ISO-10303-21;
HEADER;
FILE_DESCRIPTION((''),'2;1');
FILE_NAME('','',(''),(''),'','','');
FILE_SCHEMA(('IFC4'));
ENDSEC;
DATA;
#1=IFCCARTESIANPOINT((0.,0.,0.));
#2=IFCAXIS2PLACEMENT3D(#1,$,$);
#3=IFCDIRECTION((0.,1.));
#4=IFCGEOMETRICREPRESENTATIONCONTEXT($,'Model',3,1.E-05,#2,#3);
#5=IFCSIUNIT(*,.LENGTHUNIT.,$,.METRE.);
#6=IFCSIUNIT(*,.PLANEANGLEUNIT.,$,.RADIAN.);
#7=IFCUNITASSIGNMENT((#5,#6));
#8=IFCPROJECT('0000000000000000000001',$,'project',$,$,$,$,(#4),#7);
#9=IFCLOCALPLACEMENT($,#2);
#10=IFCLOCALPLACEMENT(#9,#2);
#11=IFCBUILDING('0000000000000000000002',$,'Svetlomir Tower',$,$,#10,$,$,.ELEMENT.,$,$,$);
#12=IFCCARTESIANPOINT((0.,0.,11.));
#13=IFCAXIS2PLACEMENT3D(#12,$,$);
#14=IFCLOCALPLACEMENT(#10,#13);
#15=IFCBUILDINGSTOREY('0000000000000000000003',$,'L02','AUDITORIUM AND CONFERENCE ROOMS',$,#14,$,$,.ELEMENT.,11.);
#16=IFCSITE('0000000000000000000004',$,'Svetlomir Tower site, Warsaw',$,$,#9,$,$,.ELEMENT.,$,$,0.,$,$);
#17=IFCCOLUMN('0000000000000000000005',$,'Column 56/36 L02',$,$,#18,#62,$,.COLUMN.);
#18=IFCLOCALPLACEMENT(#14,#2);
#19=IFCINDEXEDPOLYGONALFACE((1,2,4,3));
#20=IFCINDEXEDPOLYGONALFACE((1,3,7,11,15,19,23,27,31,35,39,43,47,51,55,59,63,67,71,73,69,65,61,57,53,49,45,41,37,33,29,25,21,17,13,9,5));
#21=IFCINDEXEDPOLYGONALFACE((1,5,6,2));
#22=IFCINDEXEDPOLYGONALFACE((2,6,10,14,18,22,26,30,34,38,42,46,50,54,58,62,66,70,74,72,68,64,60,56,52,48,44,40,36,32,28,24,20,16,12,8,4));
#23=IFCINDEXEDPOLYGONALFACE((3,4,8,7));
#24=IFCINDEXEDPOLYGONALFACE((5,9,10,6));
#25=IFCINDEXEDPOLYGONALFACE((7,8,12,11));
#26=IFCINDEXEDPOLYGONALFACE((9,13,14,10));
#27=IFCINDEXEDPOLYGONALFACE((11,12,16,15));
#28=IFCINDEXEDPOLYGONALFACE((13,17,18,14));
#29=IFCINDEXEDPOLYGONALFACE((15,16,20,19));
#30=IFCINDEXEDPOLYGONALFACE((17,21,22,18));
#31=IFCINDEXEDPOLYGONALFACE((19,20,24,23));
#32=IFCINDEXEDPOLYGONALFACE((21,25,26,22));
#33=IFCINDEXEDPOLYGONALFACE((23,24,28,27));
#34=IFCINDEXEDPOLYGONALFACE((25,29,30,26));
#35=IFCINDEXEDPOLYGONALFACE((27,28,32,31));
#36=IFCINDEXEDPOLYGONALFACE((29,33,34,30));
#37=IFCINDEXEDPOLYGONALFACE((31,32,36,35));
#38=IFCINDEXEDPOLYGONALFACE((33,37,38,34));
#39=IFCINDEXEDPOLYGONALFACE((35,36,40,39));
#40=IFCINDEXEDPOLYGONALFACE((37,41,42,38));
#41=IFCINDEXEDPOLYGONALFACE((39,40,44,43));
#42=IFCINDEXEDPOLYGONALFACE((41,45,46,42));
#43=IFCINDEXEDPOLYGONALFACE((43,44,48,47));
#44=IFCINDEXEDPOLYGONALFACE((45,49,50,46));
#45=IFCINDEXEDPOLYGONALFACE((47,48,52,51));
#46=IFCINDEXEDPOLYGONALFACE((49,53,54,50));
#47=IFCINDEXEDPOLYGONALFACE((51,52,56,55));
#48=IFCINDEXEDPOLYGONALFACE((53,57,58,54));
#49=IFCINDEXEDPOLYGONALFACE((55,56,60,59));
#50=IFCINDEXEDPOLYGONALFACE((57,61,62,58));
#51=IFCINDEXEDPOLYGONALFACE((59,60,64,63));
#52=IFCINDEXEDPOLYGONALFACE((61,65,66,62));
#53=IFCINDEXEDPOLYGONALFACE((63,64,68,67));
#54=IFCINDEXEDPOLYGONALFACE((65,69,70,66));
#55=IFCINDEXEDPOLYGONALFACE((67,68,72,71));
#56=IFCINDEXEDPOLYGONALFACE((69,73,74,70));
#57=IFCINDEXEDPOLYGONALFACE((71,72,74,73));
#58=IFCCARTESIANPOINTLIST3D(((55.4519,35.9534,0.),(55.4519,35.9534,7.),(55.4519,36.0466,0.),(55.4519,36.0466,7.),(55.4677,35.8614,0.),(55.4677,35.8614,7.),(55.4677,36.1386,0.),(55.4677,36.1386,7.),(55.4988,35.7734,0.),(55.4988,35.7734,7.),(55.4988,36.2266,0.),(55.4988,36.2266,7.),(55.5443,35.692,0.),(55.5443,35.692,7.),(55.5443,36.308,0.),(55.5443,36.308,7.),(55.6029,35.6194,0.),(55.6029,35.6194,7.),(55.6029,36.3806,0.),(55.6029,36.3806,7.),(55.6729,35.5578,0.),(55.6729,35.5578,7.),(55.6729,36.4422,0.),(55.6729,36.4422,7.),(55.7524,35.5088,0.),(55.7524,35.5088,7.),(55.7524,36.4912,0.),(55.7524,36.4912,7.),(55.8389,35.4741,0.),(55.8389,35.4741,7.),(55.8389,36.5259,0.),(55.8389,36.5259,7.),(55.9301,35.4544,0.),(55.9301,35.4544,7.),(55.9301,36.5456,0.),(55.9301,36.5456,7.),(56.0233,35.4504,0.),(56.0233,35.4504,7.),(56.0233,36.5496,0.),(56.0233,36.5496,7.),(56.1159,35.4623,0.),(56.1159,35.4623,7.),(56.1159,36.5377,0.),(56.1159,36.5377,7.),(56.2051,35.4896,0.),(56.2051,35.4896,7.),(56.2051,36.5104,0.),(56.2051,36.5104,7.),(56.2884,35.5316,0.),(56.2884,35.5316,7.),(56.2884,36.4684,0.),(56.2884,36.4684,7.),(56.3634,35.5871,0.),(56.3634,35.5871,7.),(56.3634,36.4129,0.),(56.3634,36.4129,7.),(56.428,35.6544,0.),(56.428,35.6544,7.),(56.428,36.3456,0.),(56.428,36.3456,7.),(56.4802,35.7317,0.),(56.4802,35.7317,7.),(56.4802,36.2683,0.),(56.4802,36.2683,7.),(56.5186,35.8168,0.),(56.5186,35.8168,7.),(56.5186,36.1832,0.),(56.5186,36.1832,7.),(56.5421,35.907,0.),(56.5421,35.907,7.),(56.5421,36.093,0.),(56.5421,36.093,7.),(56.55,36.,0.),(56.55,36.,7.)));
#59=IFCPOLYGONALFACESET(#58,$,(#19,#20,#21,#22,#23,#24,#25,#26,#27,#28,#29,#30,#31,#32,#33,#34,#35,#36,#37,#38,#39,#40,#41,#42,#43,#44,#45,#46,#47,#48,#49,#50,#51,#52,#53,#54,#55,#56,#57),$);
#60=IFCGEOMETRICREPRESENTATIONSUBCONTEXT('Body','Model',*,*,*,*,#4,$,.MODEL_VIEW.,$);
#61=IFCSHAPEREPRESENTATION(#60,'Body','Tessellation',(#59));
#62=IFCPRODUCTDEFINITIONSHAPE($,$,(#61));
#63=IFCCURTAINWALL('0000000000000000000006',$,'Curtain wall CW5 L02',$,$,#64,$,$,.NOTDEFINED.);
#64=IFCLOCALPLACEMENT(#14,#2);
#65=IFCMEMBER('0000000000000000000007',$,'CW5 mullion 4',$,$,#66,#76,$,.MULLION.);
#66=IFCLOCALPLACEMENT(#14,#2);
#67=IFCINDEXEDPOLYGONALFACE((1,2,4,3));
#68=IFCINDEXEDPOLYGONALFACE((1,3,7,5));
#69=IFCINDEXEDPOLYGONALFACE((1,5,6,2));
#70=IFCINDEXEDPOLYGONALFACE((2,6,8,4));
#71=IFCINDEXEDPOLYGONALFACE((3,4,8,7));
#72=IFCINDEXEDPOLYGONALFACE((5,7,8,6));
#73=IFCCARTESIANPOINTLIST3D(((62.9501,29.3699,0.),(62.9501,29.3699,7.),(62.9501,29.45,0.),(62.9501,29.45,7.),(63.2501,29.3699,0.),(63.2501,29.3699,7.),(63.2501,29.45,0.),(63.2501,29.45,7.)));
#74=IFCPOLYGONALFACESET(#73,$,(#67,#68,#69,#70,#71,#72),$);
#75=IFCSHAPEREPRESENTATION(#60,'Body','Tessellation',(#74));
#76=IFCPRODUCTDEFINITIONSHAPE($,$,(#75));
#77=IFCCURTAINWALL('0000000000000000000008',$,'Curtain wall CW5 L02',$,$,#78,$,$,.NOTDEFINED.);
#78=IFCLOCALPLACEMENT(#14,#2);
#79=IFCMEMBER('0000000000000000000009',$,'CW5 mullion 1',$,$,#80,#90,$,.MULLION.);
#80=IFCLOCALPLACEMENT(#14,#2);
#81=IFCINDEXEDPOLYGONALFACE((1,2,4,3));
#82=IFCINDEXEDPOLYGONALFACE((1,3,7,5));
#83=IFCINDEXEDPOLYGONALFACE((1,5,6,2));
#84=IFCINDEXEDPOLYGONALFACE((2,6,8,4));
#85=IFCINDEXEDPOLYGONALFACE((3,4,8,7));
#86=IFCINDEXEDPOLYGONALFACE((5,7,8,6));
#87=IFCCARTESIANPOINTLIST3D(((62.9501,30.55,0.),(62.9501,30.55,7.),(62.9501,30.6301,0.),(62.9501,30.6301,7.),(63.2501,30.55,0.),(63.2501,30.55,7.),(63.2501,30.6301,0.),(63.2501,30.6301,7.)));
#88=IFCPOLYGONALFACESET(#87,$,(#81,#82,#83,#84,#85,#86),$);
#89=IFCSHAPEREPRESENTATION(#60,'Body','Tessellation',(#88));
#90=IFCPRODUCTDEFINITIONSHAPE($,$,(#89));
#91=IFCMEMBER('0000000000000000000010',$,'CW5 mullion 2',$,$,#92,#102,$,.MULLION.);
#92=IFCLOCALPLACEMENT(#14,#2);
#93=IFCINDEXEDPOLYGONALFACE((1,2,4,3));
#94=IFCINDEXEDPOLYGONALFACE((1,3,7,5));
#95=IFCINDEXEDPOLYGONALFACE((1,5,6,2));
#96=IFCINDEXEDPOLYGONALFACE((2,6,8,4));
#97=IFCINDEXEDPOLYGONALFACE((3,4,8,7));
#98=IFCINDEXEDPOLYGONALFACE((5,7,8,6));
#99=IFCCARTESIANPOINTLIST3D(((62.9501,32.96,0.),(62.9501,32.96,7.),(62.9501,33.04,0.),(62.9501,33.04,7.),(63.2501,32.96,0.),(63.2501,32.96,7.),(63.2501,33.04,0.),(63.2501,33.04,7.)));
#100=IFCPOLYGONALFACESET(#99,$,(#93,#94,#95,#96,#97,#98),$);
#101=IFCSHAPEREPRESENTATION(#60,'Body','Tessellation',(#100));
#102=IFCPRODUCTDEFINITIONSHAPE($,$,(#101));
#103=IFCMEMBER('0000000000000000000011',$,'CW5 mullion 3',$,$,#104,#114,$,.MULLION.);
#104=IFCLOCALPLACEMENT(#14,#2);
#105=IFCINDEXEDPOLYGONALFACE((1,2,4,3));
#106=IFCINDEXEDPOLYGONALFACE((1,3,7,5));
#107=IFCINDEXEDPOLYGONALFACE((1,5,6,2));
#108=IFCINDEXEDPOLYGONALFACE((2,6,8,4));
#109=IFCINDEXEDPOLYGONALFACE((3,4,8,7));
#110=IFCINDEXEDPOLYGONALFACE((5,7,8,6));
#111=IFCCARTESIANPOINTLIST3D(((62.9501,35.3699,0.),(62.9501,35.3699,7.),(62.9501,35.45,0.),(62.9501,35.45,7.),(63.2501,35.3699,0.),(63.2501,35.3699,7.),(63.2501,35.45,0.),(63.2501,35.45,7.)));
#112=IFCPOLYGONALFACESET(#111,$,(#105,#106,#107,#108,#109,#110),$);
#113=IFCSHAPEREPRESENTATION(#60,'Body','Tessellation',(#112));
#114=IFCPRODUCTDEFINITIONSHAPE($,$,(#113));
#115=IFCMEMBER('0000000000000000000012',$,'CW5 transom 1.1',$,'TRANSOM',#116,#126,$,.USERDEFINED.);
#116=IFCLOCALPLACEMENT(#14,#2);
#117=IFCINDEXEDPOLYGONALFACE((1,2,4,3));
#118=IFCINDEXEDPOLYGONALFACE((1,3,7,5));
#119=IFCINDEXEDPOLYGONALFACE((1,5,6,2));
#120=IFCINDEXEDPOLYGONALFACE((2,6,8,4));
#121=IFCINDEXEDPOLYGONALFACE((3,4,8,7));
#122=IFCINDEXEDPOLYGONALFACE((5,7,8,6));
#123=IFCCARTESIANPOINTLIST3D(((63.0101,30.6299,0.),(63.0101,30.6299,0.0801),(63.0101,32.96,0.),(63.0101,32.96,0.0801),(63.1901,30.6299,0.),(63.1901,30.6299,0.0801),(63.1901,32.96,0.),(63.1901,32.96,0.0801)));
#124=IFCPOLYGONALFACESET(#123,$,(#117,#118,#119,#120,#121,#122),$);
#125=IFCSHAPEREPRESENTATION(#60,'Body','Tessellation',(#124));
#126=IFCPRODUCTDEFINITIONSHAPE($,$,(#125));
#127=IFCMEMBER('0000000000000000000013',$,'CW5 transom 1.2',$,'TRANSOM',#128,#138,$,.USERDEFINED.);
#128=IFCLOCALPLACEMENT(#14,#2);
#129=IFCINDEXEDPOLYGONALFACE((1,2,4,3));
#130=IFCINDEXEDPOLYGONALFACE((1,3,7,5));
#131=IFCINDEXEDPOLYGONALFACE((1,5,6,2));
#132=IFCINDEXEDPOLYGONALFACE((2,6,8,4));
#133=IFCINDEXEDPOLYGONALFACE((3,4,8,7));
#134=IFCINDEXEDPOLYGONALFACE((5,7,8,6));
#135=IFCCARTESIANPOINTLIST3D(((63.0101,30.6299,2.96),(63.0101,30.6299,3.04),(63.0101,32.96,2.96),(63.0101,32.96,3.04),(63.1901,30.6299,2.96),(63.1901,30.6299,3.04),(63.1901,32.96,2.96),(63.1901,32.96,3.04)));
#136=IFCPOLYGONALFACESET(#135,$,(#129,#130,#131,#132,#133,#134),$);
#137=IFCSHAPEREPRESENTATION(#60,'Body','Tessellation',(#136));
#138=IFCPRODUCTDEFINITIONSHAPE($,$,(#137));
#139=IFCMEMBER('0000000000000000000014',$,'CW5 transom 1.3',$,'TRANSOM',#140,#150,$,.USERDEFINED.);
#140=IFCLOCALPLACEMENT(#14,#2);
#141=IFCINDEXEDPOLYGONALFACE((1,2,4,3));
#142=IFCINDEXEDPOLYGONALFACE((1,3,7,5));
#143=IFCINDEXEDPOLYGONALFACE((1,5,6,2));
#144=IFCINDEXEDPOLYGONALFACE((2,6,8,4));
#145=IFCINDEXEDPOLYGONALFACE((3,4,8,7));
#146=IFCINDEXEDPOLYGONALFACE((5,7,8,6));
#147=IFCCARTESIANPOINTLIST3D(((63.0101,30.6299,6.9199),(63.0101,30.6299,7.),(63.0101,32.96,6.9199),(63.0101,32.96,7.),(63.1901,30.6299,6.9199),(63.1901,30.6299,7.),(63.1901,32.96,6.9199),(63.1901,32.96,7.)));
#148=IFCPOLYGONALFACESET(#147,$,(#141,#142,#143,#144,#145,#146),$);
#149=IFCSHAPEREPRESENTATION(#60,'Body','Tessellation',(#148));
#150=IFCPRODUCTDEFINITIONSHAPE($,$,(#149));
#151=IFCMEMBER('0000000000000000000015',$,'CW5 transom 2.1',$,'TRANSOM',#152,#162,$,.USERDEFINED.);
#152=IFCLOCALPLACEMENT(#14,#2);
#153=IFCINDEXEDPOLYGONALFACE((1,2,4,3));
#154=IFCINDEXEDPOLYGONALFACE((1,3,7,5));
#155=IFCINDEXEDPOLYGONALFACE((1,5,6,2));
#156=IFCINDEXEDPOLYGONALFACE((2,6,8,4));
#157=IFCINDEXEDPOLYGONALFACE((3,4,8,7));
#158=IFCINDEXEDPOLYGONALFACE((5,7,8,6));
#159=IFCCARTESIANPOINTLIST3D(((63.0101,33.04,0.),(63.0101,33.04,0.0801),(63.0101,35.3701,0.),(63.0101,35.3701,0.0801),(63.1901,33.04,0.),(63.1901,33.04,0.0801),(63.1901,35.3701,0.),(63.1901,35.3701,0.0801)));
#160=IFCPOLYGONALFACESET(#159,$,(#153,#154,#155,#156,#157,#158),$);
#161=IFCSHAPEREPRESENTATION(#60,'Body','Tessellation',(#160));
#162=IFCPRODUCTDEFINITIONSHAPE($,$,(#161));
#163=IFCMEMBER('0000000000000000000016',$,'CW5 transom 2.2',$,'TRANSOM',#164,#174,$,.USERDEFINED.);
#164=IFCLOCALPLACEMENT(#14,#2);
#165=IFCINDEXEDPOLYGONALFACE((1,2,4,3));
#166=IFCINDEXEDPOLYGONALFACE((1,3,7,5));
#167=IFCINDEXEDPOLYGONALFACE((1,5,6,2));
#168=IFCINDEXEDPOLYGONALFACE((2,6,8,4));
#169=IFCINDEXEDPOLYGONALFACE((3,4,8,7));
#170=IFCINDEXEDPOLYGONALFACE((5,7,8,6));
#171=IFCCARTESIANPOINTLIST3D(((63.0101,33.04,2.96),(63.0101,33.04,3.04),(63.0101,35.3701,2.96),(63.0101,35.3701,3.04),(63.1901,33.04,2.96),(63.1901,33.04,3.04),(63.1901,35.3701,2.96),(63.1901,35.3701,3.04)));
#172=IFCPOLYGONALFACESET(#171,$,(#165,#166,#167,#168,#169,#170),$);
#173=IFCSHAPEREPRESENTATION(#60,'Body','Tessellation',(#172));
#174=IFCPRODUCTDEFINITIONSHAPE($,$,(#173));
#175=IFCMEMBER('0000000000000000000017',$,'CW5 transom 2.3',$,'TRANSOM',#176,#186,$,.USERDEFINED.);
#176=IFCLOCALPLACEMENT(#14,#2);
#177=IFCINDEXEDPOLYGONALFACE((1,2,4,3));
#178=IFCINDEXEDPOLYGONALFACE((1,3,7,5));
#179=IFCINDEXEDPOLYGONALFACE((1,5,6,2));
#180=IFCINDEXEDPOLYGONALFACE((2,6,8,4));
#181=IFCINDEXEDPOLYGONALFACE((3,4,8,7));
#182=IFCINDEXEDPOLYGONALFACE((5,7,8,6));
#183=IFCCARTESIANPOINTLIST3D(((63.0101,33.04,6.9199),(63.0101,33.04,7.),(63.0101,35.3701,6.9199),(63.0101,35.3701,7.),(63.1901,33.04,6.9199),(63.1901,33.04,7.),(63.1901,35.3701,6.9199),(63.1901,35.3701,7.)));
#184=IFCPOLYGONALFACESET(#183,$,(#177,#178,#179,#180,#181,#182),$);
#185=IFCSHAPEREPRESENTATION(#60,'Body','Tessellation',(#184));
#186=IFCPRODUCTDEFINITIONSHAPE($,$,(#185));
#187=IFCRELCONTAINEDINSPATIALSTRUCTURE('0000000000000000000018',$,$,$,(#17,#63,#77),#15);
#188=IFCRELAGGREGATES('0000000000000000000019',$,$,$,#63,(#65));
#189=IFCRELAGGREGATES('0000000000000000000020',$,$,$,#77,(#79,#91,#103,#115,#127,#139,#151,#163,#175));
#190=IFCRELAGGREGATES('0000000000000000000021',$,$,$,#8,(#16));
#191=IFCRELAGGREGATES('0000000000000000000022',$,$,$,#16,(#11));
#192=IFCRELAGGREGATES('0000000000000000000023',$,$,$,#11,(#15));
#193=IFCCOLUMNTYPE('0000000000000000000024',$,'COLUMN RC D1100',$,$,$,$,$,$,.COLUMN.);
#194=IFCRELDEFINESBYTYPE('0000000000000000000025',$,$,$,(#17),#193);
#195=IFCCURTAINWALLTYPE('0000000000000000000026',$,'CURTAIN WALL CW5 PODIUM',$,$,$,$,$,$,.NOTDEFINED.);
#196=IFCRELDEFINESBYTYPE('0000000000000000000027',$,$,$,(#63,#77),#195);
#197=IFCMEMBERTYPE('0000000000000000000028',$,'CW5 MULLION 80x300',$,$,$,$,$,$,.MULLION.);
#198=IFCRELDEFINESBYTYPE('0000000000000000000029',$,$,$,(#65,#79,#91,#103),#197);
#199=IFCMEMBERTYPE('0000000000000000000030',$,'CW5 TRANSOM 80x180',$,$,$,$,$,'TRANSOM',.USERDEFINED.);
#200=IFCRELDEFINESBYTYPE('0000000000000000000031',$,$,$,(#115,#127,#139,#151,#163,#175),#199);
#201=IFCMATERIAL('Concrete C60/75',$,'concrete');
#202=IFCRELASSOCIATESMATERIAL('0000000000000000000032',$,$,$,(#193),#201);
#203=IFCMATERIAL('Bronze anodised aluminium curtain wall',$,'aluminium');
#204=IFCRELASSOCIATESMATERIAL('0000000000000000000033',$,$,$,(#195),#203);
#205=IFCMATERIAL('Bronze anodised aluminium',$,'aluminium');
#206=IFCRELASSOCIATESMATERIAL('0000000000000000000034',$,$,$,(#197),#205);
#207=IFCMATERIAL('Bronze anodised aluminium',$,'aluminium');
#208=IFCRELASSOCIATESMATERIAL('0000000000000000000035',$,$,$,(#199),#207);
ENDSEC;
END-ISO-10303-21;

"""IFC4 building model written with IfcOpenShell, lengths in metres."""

from ifc_helpers import new_model, si_unit, direction, frame, origin, origin_2d, place, context, subcontext, project, spatial, rectangle, circle, extrude, material, material_profile, profile_set, type_object, element, aggregate, save


model = new_model("IFC4")

# Units and contexts
model_context = context("Model", 3, precision=1e-05, world=origin(), true_north=direction((0.0, 1.0)))
body_context = subcontext(model_context, "Body", "Model", "MODEL_VIEW")
ifc_project = project(units=[si_unit("LENGTHUNIT", "METRE"), si_unit("PLANEANGLEUNIT", "RADIAN")], contexts=[model_context])

# Site, building, storey
site_placement = place(None, origin())
site = spatial("IfcSite", under=ifc_project, at=site_placement, Name="Svetlomir Tower site, Warsaw", CompositionType="ELEMENT", RefElevation=0.0)
building_placement = place(site_placement, origin())
building = spatial("IfcBuilding", under=site, at=building_placement, Name="Svetlomir Tower", CompositionType="ELEMENT")
storey_placement = place(building_placement, frame((0.0, 0.0, 11.0)))
storey = spatial("IfcBuildingStorey", under=building, at=storey_placement, Name="L02", Description="AUDITORIUM AND CONFERENCE ROOMS", CompositionType="ELEMENT", Elevation=11.0)

# Column
ifc_material_1 = material(Name="Concrete C60/75", Category="concrete")
ifc_material_profile_1 = material_profile(ifc_material_1, circle(Radius=0.55, at=origin_2d()), Name="RC D1100")
ifc_profile_set_1 = profile_set([ifc_material_profile_1], Name="Concrete C60/75")
column_type = type_object("IfcColumnType", Name="COLUMN RC D1100", PredefinedType="COLUMN", material=ifc_profile_set_1)
for number, where, z_axis, x_axis, name in (
    (1, (56.0, 36.0, 0.0), (0.0, 0.0, 1.0), (1.0, 0.0, 0.0), "Column 56/36 L02"),
):
    element("IfcColumn", number, at=place(storey_placement, frame(where, z_axis=z_axis, x_axis=x_axis)), inside=storey, type_object=column_type, Name=name, PredefinedType="COLUMN", context=body_context, shape_type="SweptSolid", body=[
        extrude(circle(Radius=0.55, at=origin_2d()), origin(), (0.0, 0.0, 1.0), 7.0),
    ])

# Curtain wall, member
ifc_material_2 = material(Name="Bronze anodised aluminium curtain wall", Category="aluminium")
curtain_wall_type = type_object("IfcCurtainWallType", Name="CURTAIN WALL CW5 PODIUM", PredefinedType="NOTDEFINED", material=ifc_material_2)
curtain_wall_1_placement = place(storey_placement, origin())
curtain_wall_1 = element("IfcCurtainWall", 2, at=curtain_wall_1_placement, inside=storey, type_object=curtain_wall_type, Name="Curtain wall CW5 L02", PredefinedType="NOTDEFINED")
ifc_material_3 = material(Name="Bronze anodised aluminium", Category="aluminium")
ifc_material_profile_2 = material_profile(ifc_material_3, rectangle(XDim=0.0801, YDim=0.3, at=origin_2d()), Name="AL 80x300")
ifc_profile_set_2 = profile_set([ifc_material_profile_2], Name="Bronze anodised aluminium 6063-T6")
member_type_1 = type_object("IfcMemberType", Name="CW5 MULLION 80x300", PredefinedType="MULLION", material=ifc_profile_set_2)
member_1_placement = place(storey_placement, frame((63.1001, 29.4099, 0.0), z_axis=(0.0, 0.0, 1.0), x_axis=(0.0, 1.0, 0.0)))
member_1 = element("IfcMember", 3, at=member_1_placement, type_object=member_type_1, Name="CW5 mullion 4", PredefinedType="MULLION", context=body_context, shape_type="SweptSolid", body=[
    extrude(rectangle(XDim=0.0801, YDim=0.3, at=origin_2d()), origin(), (0.0, 0.0, 1.0), 7.0),
])
aggregate(curtain_wall_1, [member_1])

# Curtain wall, members
curtain_wall_2_placement = place(storey_placement, origin())
curtain_wall_2 = element("IfcCurtainWall", 4, at=curtain_wall_2_placement, inside=storey, type_object=curtain_wall_type, Name="Curtain wall CW5 L02", PredefinedType="NOTDEFINED")
member_2_placement = place(storey_placement, frame((63.1001, 30.5901, 0.0), z_axis=(0.0, 0.0, 1.0), x_axis=(0.0, 1.0, 0.0)))
member_2 = element("IfcMember", 5, at=member_2_placement, type_object=member_type_1, Name="CW5 mullion 1", PredefinedType="MULLION", context=body_context, shape_type="SweptSolid", body=[
    extrude(rectangle(XDim=0.0801, YDim=0.3, at=origin_2d()), origin(), (0.0, 0.0, 1.0), 7.0),
])
member_3_placement = place(storey_placement, frame((63.1001, 33.0, 0.0), z_axis=(0.0, 0.0, 1.0), x_axis=(0.0, 1.0, 0.0)))
member_3 = element("IfcMember", 6, at=member_3_placement, type_object=member_type_1, Name="CW5 mullion 2", PredefinedType="MULLION", context=body_context, shape_type="SweptSolid", body=[
    extrude(rectangle(XDim=0.0801, YDim=0.3, at=origin_2d()), origin(), (0.0, 0.0, 1.0), 7.0),
])
member_4_placement = place(storey_placement, frame((63.1001, 35.4099, 0.0), z_axis=(0.0, 0.0, 1.0), x_axis=(0.0, 1.0, 0.0)))
member_4 = element("IfcMember", 7, at=member_4_placement, type_object=member_type_1, Name="CW5 mullion 3", PredefinedType="MULLION", context=body_context, shape_type="SweptSolid", body=[
    extrude(rectangle(XDim=0.0801, YDim=0.3, at=origin_2d()), origin(), (0.0, 0.0, 1.0), 7.0),
])
ifc_material_4 = material(Name="Bronze anodised aluminium", Category="aluminium")
ifc_material_profile_3 = material_profile(ifc_material_4, rectangle(XDim=0.1799, YDim=0.0801, at=origin_2d()), Name="AL 180x80")
ifc_profile_set_3 = profile_set([ifc_material_profile_3], Name="Bronze anodised aluminium 6063-T6")
member_type_2 = type_object("IfcMemberType", Name="CW5 TRANSOM 80x180", ElementType="TRANSOM", PredefinedType="USERDEFINED", material=ifc_profile_set_3)
member_5_placement = place(storey_placement, frame((63.1001, 30.6299, 0.04), z_axis=(0.0, 1.0, 0.0), x_axis=(-1.0, 0.0, 0.0)))
member_5 = element("IfcMember", 8, at=member_5_placement, type_object=member_type_2, Name="CW5 transom 1.1", ObjectType="TRANSOM", PredefinedType="USERDEFINED", context=body_context, shape_type="SweptSolid", body=[
    extrude(rectangle(XDim=0.1799, YDim=0.0801, at=origin_2d()), origin(), (0.0, 0.0, 1.0), 2.3301),
])
member_6_placement = place(storey_placement, frame((63.1001, 30.6299, 3.0), z_axis=(0.0, 1.0, 0.0), x_axis=(-1.0, 0.0, 0.0)))
member_6 = element("IfcMember", 9, at=member_6_placement, type_object=member_type_2, Name="CW5 transom 1.2", ObjectType="TRANSOM", PredefinedType="USERDEFINED", context=body_context, shape_type="SweptSolid", body=[
    extrude(rectangle(XDim=0.1799, YDim=0.0801, at=origin_2d()), origin(), (0.0, 0.0, 1.0), 2.3301),
])
member_7_placement = place(storey_placement, frame((63.1001, 30.6299, 6.96), z_axis=(0.0, 1.0, 0.0), x_axis=(-1.0, 0.0, 0.0)))
member_7 = element("IfcMember", 10, at=member_7_placement, type_object=member_type_2, Name="CW5 transom 1.3", ObjectType="TRANSOM", PredefinedType="USERDEFINED", context=body_context, shape_type="SweptSolid", body=[
    extrude(rectangle(XDim=0.1799, YDim=0.0801, at=origin_2d()), origin(), (0.0, 0.0, 1.0), 2.3301),
])
member_8_placement = place(storey_placement, frame((63.1001, 33.04, 0.04), z_axis=(0.0, 1.0, 0.0), x_axis=(-1.0, 0.0, 0.0)))
member_8 = element("IfcMember", 11, at=member_8_placement, type_object=member_type_2, Name="CW5 transom 2.1", ObjectType="TRANSOM", PredefinedType="USERDEFINED", context=body_context, shape_type="SweptSolid", body=[
    extrude(rectangle(XDim=0.1799, YDim=0.0801, at=origin_2d()), origin(), (0.0, 0.0, 1.0), 2.3301),
])
member_9_placement = place(storey_placement, frame((63.1001, 33.04, 3.0), z_axis=(0.0, 1.0, 0.0), x_axis=(-1.0, 0.0, 0.0)))
member_9 = element("IfcMember", 12, at=member_9_placement, type_object=member_type_2, Name="CW5 transom 2.2", ObjectType="TRANSOM", PredefinedType="USERDEFINED", context=body_context, shape_type="SweptSolid", body=[
    extrude(rectangle(XDim=0.1799, YDim=0.0801, at=origin_2d()), origin(), (0.0, 0.0, 1.0), 2.3301),
])
member_10_placement = place(storey_placement, frame((63.1001, 33.04, 6.96), z_axis=(0.0, 1.0, 0.0), x_axis=(-1.0, 0.0, 0.0)))
member_10 = element("IfcMember", 13, at=member_10_placement, type_object=member_type_2, Name="CW5 transom 2.3", ObjectType="TRANSOM", PredefinedType="USERDEFINED", context=body_context, shape_type="SweptSolid", body=[
    extrude(rectangle(XDim=0.1799, YDim=0.0801, at=origin_2d()), origin(), (0.0, 0.0, 1.0), 2.3301),
])

aggregate(curtain_wall_2, [member_2, member_3, member_4, member_5, member_6, member_7, member_8, member_9, member_10])

save(model, "model.ifc")
